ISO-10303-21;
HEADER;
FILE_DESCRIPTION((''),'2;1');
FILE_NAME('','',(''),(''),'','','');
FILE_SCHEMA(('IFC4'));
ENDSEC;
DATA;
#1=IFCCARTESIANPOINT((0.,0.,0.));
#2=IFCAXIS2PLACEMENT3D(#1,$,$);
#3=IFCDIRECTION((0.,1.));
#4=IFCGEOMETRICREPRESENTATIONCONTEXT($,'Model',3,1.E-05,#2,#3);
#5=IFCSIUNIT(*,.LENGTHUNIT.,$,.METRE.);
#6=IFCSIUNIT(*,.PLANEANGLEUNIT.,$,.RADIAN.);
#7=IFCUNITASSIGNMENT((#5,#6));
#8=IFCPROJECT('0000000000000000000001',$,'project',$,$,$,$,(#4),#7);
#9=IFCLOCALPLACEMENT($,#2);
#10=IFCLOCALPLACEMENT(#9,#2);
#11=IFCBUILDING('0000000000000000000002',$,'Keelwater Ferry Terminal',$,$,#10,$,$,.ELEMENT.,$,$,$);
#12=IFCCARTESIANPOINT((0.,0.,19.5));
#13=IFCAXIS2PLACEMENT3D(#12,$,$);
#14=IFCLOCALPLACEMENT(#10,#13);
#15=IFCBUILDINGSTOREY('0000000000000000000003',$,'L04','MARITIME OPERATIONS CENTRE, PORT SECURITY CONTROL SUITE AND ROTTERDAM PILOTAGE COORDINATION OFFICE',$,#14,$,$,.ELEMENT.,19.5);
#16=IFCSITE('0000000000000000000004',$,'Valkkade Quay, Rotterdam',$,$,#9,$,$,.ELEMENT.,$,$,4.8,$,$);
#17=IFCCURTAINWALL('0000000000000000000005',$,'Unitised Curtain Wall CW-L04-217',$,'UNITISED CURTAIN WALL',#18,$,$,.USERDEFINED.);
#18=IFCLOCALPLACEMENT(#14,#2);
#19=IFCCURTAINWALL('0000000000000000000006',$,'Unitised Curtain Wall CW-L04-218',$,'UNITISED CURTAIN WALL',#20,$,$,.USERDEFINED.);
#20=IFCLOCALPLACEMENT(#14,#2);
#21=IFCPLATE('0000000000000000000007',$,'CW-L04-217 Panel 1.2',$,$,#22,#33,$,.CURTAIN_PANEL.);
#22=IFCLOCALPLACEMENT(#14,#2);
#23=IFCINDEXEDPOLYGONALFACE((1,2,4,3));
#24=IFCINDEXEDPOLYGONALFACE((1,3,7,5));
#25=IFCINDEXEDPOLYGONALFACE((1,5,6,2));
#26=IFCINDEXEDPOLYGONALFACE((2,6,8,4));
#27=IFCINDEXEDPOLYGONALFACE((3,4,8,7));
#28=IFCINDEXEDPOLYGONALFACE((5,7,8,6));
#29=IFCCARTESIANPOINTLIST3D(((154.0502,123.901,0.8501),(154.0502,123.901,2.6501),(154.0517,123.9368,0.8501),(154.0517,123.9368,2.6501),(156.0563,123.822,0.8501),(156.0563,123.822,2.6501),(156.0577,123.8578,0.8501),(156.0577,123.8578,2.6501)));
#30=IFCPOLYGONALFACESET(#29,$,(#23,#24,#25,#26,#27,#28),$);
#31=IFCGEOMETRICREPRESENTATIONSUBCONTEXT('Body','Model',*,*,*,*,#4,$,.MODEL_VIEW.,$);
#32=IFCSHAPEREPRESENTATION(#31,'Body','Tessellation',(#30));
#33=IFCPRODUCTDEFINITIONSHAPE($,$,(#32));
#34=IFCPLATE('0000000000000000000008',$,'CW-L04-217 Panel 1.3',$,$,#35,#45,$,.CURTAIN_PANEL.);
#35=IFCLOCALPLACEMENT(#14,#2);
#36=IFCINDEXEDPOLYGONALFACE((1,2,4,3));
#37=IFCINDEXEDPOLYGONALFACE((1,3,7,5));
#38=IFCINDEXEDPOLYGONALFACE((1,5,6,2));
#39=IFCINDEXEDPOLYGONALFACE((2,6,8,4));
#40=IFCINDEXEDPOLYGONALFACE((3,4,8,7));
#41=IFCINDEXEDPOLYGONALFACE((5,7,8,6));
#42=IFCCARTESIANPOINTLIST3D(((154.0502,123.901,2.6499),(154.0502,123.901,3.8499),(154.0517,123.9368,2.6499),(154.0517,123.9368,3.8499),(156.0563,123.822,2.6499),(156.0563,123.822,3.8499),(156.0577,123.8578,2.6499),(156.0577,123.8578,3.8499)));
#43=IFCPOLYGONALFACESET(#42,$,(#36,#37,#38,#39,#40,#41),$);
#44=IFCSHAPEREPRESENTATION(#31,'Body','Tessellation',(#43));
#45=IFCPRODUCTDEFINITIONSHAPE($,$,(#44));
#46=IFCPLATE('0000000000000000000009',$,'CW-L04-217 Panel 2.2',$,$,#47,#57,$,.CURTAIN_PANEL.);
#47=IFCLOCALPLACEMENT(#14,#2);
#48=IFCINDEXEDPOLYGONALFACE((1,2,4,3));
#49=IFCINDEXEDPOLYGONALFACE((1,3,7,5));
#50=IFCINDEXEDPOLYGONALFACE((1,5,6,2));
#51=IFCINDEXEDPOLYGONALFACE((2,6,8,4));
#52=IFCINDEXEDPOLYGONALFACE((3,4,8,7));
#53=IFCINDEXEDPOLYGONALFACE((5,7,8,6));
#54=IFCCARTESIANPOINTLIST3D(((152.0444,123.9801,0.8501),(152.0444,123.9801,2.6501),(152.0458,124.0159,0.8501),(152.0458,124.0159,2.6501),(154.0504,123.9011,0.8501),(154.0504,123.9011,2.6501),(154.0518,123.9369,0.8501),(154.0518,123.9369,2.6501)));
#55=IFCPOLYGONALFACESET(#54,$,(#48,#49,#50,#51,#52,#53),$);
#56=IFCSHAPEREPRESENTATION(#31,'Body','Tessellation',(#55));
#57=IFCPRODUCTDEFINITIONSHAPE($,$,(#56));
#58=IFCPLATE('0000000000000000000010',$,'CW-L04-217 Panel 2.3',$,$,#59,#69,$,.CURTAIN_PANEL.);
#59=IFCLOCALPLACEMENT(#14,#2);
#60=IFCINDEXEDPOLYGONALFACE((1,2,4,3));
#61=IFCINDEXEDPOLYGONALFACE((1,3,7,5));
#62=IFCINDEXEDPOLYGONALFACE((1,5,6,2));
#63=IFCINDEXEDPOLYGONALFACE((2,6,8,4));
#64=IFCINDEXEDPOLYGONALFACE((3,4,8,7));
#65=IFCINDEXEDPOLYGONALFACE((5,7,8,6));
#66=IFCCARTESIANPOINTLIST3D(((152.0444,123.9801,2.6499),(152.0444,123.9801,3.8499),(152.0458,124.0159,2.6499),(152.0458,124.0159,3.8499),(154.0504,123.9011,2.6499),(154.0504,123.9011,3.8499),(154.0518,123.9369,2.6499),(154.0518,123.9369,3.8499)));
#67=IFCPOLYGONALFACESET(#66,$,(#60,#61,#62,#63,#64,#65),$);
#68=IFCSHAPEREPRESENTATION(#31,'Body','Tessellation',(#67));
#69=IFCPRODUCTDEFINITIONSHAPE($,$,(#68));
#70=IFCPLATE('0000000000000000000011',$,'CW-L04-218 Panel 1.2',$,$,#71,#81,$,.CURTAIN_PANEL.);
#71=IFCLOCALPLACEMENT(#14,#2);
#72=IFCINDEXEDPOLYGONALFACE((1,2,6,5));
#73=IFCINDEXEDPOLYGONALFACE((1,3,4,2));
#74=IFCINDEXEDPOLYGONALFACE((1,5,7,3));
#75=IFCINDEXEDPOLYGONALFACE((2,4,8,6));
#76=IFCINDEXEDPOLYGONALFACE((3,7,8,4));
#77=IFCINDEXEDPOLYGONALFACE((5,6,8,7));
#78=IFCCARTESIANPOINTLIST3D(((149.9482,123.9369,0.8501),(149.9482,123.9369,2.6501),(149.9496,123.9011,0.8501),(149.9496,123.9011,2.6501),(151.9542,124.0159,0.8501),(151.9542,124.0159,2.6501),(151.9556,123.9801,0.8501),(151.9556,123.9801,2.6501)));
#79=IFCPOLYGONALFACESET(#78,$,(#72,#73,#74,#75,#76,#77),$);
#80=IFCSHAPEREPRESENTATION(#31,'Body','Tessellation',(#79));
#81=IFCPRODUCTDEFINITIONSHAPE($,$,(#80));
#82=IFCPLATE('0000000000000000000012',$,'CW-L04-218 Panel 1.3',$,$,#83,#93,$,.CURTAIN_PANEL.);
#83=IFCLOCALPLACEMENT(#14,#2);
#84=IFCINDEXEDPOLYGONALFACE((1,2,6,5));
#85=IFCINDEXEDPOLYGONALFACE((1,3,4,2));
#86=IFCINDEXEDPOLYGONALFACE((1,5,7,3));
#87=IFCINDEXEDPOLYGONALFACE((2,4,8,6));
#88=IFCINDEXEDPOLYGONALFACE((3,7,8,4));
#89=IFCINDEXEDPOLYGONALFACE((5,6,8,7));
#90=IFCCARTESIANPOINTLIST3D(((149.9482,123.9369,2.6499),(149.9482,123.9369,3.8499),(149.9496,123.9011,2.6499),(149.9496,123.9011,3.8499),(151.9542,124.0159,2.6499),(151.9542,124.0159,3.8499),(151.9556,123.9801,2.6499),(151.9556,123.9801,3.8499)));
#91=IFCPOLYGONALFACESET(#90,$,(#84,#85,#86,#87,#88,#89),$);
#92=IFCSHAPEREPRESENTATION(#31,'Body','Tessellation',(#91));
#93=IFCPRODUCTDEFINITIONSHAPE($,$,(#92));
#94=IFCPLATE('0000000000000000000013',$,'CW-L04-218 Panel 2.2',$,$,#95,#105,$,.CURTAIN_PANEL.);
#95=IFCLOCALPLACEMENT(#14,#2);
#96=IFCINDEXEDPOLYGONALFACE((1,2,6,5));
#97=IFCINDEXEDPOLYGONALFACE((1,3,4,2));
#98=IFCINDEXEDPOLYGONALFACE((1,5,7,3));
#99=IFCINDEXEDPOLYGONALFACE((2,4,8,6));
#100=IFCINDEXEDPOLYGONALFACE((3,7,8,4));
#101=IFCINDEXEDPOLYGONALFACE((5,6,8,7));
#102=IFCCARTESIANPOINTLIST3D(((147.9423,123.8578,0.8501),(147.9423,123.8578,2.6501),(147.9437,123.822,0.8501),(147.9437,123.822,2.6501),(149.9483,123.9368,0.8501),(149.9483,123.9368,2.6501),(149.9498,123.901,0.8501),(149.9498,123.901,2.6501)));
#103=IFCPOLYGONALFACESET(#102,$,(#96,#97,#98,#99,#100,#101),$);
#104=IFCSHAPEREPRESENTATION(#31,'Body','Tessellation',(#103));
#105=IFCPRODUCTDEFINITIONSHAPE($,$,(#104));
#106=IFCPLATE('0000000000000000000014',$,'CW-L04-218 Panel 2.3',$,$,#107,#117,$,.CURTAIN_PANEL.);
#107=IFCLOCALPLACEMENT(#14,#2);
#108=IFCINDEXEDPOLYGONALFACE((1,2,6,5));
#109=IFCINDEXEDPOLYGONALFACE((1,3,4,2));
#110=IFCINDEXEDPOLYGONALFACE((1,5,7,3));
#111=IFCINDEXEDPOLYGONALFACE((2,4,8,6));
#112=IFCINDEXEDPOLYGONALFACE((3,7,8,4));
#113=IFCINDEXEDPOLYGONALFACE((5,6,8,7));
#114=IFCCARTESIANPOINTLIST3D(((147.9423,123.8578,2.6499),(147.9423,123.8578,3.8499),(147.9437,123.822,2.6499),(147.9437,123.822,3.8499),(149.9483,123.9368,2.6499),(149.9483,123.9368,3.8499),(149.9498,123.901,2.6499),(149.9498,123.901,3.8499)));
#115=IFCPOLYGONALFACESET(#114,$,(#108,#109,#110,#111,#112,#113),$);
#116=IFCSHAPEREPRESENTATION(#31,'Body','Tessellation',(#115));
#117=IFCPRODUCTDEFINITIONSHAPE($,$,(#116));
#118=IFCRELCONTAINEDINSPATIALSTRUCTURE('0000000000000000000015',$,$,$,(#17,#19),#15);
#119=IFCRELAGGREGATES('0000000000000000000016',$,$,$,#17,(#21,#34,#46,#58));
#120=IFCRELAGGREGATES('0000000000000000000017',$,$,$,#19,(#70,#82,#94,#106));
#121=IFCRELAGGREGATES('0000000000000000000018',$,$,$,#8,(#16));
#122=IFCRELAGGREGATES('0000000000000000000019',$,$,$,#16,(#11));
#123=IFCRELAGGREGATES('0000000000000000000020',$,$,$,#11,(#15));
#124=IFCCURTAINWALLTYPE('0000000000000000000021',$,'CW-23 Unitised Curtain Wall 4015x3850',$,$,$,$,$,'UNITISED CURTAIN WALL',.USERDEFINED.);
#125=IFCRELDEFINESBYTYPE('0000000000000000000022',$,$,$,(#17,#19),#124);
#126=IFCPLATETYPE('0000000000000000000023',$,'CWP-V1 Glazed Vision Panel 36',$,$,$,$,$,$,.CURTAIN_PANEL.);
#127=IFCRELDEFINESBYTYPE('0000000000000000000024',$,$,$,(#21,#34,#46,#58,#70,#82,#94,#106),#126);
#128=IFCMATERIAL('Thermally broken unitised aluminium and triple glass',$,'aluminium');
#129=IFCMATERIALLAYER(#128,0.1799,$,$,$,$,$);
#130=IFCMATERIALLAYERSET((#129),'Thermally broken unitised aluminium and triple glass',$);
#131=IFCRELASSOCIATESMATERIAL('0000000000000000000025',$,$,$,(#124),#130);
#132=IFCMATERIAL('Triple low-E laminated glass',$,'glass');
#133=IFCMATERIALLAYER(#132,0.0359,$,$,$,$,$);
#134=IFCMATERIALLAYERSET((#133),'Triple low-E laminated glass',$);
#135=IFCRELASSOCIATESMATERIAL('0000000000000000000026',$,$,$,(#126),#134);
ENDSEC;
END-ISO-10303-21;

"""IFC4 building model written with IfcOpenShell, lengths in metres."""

from ifc_helpers import new_model, si_unit, direction, frame, origin, origin_2d, place, context, subcontext, project, spatial, rectangle, extrude, material, layer, layer_set, type_object, element, aggregate, save


model = new_model("IFC4")

# Units and contexts
model_context = context("Model", 3, precision=1e-05, world=origin(), true_north=direction((0.0, 1.0)))
body_context = subcontext(model_context, "Body", "Model", "MODEL_VIEW")
ifc_project = project(units=[si_unit("LENGTHUNIT", "METRE"), si_unit("PLANEANGLEUNIT", "RADIAN")], contexts=[model_context])

# Site, building, storey
site_placement = place(None, origin())
site = spatial("IfcSite", under=ifc_project, at=site_placement, Name="Valkkade Quay, Rotterdam", CompositionType="ELEMENT", RefElevation=4.8)
building_placement = place(site_placement, origin())
building = spatial("IfcBuilding", under=site, at=building_placement, Name="Keelwater Ferry Terminal", CompositionType="ELEMENT")
storey_placement = place(building_placement, frame((0.0, 0.0, 19.5)))
storey = spatial("IfcBuildingStorey", under=building, at=storey_placement, Name="L04", Description="MARITIME OPERATIONS CENTRE, PORT SECURITY CONTROL SUITE AND ROTTERDAM PILOTAGE COORDINATION OFFICE", CompositionType="ELEMENT", Elevation=19.5)

# Curtain walls
ifc_material_1 = material(Name="Thermally broken unitised aluminium and triple glass", Category="aluminium")
ifc_layer_1 = layer(ifc_material_1, 0.1799)
ifc_layer_set_1 = layer_set([ifc_layer_1], Name="Thermally broken unitised aluminium and triple glass")
curtain_wall_type = type_object("IfcCurtainWallType", Name="CW-23 Unitised Curtain Wall 4015x3850", ElementType="UNITISED CURTAIN WALL", PredefinedType="USERDEFINED", material=ifc_layer_set_1)
curtain_wall_1_placement = place(storey_placement, origin())
curtain_wall_1 = element("IfcCurtainWall", 1, at=curtain_wall_1_placement, inside=storey, type_object=curtain_wall_type, Name="Unitised Curtain Wall CW-L04-217", ObjectType="UNITISED CURTAIN WALL", PredefinedType="USERDEFINED")
curtain_wall_2_placement = place(storey_placement, origin())
curtain_wall_2 = element("IfcCurtainWall", 2, at=curtain_wall_2_placement, inside=storey, type_object=curtain_wall_type, Name="Unitised Curtain Wall CW-L04-218", ObjectType="UNITISED CURTAIN WALL", PredefinedType="USERDEFINED")

# Plates
ifc_material_2 = material(Name="Triple low-E laminated glass", Category="glass")
ifc_layer_2 = layer(ifc_material_2, 0.0359)
ifc_layer_set_2 = layer_set([ifc_layer_2], Name="Triple low-E laminated glass")
plate_type_1 = type_object("IfcPlateType", Name="CWP-V1 Glazed Vision Panel 36", PredefinedType="CURTAIN_PANEL", material=ifc_layer_set_2)
plate_1_placement = place(storey_placement, frame((155.054, 123.8794, 0.8501), z_axis=(0.0, 0.0, 1.0), x_axis=(-0.999225, 0.039351, 0.0)))
plate_1 = element("IfcPlate", 3, at=plate_1_placement, type_object=plate_type_1, Name="CW-L04-217 Panel 1.2", PredefinedType="CURTAIN_PANEL", context=body_context, shape_type="SweptSolid", body=[
    extrude(rectangle(XDim=2.0076, YDim=0.0359, at=origin_2d()), origin(), (0.0, 0.0, 1.0), 1.8),
])
plate_2_placement = place(storey_placement, frame((155.054, 123.8794, 2.6499), z_axis=(0.0, 0.0, 1.0), x_axis=(-0.999225, 0.039351, 0.0)))
plate_2 = element("IfcPlate", 4, at=plate_2_placement, type_object=plate_type_1, Name="CW-L04-217 Panel 1.3", PredefinedType="CURTAIN_PANEL", context=body_context, shape_type="SweptSolid", body=[
    extrude(rectangle(XDim=2.0076, YDim=0.0359, at=origin_2d()), origin(), (0.0, 0.0, 1.0), 1.2),
])
plate_3_placement = place(storey_placement, frame((153.0481, 123.9585, 0.8501), z_axis=(0.0, 0.0, 1.0), x_axis=(-0.999225, 0.039351, 0.0)))
plate_3 = element("IfcPlate", 5, at=plate_3_placement, type_object=plate_type_1, Name="CW-L04-217 Panel 2.2", PredefinedType="CURTAIN_PANEL", context=body_context, shape_type="SweptSolid", body=[
    extrude(rectangle(XDim=2.0076, YDim=0.0359, at=origin_2d()), origin(), (0.0, 0.0, 1.0), 1.8),
])
plate_4_placement = place(storey_placement, frame((153.0481, 123.9585, 2.6499), z_axis=(0.0, 0.0, 1.0), x_axis=(-0.999225, 0.039351, 0.0)))
plate_4 = element("IfcPlate", 6, at=plate_4_placement, type_object=plate_type_1, Name="CW-L04-217 Panel 2.3", PredefinedType="CURTAIN_PANEL", context=body_context, shape_type="SweptSolid", body=[
    extrude(rectangle(XDim=2.0076, YDim=0.0359, at=origin_2d()), origin(), (0.0, 0.0, 1.0), 1.2),
])
aggregate(curtain_wall_1, [plate_1, plate_2, plate_3, plate_4])
plate_5_placement = place(storey_placement, frame((150.9519, 123.9585, 0.8501), z_axis=(0.0, 0.0, 1.0), x_axis=(-0.999225, -0.039351, 0.0)))
plate_5 = element("IfcPlate", 7, at=plate_5_placement, type_object=plate_type_1, Name="CW-L04-218 Panel 1.2", PredefinedType="CURTAIN_PANEL", context=body_context, shape_type="SweptSolid", body=[
    extrude(rectangle(XDim=2.0076, YDim=0.0359, at=origin_2d()), origin(), (0.0, 0.0, 1.0), 1.8),
])
plate_6_placement = place(storey_placement, frame((150.9519, 123.9585, 2.6499), z_axis=(0.0, 0.0, 1.0), x_axis=(-0.999225, -0.039351, 0.0)))
plate_6 = element("IfcPlate", 8, at=plate_6_placement, type_object=plate_type_1, Name="CW-L04-218 Panel 1.3", PredefinedType="CURTAIN_PANEL", context=body_context, shape_type="SweptSolid", body=[
    extrude(rectangle(XDim=2.0076, YDim=0.0359, at=origin_2d()), origin(), (0.0, 0.0, 1.0), 1.2),
])
plate_7_placement = place(storey_placement, frame((148.946, 123.8794, 0.8501), z_axis=(0.0, 0.0, 1.0), x_axis=(-0.999225, -0.039351, 0.0)))
plate_7 = element("IfcPlate", 9, at=plate_7_placement, type_object=plate_type_1, Name="CW-L04-218 Panel 2.2", PredefinedType="CURTAIN_PANEL", context=body_context, shape_type="SweptSolid", body=[
    extrude(rectangle(XDim=2.0076, YDim=0.0359, at=origin_2d()), origin(), (0.0, 0.0, 1.0), 1.8),
])
plate_8_placement = place(storey_placement, frame((148.946, 123.8794, 2.6499), z_axis=(0.0, 0.0, 1.0), x_axis=(-0.999225, -0.039351, 0.0)))
plate_8 = element("IfcPlate", 10, at=plate_8_placement, type_object=plate_type_1, Name="CW-L04-218 Panel 2.3", PredefinedType="CURTAIN_PANEL", context=body_context, shape_type="SweptSolid", body=[
    extrude(rectangle(XDim=2.0076, YDim=0.0359, at=origin_2d()), origin(), (0.0, 0.0, 1.0), 1.2),
])
aggregate(curtain_wall_2, [plate_5, plate_6, plate_7, plate_8])

save(model, "model.ifc")
